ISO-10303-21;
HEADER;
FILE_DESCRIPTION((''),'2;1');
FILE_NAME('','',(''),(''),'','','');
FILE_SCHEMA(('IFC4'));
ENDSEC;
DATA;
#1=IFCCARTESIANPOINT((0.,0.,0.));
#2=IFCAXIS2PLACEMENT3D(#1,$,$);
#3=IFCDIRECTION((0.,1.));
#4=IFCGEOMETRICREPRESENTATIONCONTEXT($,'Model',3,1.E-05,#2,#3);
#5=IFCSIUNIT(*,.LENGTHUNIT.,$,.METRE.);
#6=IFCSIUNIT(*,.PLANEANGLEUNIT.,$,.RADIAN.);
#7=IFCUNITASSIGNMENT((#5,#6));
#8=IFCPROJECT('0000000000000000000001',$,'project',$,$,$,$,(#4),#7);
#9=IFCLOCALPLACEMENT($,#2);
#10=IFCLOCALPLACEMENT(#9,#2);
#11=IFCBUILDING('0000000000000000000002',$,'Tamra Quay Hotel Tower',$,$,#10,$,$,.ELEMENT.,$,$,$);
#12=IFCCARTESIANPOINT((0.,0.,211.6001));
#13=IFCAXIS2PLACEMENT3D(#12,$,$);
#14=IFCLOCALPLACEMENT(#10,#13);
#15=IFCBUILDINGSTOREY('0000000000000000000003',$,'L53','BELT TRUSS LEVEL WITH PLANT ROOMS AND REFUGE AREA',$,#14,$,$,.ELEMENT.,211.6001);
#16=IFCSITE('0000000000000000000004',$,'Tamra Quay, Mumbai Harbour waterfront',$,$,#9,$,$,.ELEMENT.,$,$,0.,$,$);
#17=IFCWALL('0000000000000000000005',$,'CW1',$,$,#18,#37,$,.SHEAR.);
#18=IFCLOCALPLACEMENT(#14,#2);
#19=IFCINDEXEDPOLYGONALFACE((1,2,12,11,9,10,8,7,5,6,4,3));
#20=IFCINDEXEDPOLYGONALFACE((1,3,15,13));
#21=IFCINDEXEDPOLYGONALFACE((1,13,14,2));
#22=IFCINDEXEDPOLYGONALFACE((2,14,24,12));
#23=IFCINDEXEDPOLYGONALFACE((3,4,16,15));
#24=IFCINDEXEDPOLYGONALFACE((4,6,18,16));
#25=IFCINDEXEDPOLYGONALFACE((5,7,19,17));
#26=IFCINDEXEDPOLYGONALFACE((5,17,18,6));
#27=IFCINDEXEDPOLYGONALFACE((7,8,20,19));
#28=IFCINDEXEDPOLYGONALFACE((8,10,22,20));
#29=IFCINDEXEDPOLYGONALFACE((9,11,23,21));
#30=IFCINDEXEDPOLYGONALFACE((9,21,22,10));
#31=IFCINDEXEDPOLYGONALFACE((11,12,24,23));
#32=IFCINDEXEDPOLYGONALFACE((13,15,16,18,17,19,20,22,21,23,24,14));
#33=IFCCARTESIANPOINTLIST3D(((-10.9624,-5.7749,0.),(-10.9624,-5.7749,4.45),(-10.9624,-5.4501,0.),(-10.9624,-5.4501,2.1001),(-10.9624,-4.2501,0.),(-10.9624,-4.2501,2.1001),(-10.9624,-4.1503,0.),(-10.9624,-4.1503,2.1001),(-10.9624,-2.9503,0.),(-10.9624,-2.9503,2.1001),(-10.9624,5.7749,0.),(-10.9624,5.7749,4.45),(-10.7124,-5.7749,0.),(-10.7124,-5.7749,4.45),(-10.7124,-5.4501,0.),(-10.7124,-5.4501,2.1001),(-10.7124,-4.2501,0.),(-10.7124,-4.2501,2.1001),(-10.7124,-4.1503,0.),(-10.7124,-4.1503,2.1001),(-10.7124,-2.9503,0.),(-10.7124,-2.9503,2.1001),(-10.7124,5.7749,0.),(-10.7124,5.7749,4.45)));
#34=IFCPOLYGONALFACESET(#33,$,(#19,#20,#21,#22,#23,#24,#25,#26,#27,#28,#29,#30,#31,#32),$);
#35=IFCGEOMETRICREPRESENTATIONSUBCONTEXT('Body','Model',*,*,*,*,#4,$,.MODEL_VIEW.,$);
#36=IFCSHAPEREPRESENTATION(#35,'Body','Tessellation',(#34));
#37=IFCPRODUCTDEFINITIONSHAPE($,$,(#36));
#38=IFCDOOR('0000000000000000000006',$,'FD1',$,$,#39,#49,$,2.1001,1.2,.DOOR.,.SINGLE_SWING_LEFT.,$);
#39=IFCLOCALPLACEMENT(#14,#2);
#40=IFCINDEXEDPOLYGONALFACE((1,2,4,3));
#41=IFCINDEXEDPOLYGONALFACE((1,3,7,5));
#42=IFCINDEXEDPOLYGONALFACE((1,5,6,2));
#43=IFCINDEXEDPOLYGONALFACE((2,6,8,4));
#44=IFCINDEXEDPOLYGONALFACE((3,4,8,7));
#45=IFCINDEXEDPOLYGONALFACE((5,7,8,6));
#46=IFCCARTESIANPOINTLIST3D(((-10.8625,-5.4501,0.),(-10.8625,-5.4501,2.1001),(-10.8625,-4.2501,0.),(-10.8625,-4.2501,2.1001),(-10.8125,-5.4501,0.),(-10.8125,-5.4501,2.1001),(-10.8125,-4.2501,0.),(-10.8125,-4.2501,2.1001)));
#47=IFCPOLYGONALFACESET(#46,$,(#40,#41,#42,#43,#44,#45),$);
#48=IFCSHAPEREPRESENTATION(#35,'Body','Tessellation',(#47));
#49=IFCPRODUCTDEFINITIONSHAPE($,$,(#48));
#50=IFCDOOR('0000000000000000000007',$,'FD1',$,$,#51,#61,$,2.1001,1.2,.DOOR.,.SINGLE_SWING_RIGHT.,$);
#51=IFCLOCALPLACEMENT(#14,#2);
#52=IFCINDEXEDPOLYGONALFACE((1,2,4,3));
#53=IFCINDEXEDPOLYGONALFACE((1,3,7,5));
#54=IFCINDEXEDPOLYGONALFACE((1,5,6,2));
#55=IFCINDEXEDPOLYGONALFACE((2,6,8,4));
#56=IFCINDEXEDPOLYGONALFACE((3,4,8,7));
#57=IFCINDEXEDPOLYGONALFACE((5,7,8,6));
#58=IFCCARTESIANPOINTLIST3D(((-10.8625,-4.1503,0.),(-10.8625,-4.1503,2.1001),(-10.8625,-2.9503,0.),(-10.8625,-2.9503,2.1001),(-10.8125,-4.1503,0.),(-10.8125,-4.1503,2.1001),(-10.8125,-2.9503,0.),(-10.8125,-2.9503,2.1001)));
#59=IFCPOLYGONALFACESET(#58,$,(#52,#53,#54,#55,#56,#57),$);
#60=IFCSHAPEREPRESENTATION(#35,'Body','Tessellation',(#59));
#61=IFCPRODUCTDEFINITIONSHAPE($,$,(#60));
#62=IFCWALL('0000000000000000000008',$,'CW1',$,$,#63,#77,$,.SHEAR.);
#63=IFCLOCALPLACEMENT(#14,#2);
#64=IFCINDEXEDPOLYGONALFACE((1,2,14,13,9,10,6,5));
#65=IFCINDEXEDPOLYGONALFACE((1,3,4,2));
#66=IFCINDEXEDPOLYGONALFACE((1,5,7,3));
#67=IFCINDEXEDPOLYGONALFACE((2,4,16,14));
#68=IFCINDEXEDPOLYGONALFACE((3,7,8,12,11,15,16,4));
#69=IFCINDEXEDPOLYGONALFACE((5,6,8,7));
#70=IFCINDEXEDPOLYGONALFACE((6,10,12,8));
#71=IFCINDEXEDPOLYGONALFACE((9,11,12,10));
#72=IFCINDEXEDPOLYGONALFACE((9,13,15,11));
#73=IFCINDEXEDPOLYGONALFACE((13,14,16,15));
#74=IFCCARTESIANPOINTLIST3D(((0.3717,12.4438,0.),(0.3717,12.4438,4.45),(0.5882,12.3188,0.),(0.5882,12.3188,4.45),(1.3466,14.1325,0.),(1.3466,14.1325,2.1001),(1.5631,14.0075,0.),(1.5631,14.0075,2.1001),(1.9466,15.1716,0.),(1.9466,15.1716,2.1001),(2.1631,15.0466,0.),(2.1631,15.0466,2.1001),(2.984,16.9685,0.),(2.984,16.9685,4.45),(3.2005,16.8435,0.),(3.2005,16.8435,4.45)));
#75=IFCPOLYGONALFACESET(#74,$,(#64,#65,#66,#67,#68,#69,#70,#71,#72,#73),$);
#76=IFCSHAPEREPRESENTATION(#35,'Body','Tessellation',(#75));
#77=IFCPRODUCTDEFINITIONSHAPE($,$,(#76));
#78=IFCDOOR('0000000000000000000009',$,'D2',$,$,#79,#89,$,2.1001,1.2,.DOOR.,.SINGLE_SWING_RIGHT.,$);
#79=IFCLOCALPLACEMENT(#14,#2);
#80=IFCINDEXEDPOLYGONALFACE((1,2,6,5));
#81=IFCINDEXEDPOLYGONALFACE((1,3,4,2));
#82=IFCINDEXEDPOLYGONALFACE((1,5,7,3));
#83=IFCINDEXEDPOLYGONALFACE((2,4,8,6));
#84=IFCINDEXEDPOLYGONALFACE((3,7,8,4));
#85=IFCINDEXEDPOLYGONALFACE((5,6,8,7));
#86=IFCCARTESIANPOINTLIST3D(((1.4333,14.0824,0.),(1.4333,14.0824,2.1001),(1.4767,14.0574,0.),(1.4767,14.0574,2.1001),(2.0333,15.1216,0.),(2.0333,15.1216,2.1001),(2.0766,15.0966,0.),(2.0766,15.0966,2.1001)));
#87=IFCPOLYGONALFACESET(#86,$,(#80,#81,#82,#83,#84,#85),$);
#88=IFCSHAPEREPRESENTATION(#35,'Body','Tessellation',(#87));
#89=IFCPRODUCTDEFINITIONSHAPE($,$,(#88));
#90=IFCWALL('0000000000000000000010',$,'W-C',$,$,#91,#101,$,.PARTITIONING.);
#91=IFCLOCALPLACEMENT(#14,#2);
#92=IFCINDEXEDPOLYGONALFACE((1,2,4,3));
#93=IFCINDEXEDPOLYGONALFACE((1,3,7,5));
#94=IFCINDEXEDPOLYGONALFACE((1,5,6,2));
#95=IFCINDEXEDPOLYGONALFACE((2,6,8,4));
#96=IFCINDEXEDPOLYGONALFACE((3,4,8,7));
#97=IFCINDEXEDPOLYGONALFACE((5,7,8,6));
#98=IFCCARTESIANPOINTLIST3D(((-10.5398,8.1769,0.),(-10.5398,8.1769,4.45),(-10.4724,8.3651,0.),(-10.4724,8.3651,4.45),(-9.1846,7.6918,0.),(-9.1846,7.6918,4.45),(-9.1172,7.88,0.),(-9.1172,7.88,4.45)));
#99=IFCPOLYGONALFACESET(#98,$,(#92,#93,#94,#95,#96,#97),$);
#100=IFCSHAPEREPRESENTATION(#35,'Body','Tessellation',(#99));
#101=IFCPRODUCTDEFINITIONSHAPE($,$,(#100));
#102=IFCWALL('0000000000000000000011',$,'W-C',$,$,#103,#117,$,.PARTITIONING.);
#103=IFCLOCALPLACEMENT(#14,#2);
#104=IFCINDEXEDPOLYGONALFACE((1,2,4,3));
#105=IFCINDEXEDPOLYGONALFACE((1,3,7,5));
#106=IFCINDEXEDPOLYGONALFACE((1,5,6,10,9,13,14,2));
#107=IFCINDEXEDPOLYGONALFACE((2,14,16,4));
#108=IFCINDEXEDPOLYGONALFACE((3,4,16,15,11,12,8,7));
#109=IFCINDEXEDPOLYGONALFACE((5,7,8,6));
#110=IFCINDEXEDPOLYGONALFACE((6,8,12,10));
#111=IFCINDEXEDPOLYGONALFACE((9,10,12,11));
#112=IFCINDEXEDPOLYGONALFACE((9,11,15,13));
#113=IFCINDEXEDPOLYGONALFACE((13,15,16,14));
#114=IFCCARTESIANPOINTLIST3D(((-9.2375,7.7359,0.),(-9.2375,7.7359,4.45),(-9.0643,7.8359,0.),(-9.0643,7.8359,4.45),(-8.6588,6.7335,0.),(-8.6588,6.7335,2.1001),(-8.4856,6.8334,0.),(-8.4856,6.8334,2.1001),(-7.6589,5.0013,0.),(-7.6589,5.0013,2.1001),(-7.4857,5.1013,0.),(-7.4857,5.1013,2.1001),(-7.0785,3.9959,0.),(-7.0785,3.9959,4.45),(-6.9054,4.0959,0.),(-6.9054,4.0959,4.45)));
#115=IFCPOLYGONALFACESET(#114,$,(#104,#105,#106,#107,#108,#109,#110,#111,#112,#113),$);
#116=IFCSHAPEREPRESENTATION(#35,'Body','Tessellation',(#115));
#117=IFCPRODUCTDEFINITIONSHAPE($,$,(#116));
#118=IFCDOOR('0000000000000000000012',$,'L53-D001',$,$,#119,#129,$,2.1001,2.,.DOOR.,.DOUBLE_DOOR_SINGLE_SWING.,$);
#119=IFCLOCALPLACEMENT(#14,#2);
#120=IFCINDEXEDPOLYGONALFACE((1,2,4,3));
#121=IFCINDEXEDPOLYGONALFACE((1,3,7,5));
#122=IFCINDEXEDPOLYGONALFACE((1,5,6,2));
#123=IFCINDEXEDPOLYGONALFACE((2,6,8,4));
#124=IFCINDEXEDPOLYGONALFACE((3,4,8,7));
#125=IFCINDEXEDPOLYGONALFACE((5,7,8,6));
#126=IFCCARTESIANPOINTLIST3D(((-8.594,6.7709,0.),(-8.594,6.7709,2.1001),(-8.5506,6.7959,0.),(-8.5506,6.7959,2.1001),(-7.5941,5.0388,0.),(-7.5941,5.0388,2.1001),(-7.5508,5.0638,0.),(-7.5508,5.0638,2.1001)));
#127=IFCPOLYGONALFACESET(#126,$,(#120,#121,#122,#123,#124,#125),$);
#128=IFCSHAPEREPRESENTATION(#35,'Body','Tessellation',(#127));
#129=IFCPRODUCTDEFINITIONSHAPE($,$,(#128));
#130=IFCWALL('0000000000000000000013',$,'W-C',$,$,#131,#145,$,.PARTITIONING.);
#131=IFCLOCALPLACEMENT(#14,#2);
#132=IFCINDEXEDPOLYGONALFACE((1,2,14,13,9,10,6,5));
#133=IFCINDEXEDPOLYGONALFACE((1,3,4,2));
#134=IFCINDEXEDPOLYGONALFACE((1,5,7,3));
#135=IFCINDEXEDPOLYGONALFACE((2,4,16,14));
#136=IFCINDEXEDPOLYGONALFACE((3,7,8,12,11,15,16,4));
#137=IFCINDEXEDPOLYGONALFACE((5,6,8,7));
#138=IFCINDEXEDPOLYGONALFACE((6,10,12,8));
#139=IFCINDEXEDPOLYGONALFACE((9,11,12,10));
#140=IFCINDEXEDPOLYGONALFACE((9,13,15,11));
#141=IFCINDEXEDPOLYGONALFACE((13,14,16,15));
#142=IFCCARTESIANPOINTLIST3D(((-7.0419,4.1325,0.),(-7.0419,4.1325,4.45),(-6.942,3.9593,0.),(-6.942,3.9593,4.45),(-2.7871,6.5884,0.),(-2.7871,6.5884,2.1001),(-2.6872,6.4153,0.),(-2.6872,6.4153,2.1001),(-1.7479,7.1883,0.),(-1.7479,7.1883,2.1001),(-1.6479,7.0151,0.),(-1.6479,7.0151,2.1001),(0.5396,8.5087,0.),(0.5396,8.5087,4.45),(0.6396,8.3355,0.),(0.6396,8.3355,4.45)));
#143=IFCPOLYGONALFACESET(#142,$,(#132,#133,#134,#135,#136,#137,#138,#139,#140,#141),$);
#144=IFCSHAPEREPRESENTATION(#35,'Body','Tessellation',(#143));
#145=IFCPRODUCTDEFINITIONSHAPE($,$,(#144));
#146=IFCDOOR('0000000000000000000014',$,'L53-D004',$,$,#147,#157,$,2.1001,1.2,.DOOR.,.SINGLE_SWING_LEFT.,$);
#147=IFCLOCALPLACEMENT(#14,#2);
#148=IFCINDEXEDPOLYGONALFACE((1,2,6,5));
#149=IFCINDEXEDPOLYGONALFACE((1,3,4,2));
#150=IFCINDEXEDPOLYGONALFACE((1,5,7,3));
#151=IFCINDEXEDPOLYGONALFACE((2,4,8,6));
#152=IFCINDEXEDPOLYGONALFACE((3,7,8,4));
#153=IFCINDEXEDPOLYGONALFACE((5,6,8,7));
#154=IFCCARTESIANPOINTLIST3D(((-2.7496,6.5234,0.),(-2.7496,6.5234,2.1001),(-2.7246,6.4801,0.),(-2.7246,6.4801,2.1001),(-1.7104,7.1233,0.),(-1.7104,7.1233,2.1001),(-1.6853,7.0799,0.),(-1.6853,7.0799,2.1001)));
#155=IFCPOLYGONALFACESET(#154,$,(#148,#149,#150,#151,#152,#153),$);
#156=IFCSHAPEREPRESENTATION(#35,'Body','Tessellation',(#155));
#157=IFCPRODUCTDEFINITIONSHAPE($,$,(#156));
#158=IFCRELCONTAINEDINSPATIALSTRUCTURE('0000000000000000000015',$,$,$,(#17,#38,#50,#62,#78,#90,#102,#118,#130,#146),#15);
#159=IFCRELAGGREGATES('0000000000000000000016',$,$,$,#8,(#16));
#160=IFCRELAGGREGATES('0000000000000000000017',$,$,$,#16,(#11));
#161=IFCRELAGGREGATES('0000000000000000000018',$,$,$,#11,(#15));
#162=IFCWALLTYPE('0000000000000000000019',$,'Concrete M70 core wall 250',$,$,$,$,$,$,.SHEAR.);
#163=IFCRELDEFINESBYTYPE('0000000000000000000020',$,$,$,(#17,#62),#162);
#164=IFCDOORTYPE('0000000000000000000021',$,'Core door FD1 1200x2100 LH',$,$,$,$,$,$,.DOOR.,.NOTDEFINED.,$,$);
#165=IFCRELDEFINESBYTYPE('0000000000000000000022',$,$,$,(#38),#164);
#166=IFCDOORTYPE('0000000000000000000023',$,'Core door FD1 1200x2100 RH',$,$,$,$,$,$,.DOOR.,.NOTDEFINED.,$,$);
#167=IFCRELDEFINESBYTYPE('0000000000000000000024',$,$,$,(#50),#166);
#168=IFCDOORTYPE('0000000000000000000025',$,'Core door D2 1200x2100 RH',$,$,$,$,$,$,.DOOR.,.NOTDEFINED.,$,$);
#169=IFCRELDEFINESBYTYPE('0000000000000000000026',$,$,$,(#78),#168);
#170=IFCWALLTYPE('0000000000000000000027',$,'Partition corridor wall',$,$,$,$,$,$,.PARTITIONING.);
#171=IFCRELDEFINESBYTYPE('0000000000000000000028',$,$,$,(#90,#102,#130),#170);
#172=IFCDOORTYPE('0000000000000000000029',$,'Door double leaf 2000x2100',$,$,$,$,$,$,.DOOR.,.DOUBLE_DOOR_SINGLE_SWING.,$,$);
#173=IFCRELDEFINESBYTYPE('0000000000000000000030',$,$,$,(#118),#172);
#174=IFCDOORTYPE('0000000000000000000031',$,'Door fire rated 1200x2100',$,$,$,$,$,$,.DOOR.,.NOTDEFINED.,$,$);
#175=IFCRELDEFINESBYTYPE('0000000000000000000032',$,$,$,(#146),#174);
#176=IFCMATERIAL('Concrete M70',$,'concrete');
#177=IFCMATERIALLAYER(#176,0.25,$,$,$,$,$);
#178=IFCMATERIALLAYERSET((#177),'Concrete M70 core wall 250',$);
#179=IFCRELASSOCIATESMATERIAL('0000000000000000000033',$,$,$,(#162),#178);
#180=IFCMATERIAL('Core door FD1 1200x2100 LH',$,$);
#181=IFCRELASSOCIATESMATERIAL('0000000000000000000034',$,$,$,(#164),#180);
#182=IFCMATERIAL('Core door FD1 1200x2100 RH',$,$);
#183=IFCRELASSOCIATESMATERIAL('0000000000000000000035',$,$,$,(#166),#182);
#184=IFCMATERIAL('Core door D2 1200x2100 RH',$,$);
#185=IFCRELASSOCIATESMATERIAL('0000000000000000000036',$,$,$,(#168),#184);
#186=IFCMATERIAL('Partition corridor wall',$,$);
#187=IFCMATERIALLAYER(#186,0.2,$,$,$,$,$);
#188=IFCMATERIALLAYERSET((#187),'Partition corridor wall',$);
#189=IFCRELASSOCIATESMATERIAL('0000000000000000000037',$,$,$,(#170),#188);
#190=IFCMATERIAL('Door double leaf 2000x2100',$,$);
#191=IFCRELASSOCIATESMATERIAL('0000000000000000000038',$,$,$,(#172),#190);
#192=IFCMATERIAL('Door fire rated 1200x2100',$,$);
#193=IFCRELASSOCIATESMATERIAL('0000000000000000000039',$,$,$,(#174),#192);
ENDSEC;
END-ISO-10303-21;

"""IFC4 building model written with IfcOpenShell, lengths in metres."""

from ifc_helpers import new_model, si_unit, direction, frame, frame_2d, origin, place, context, subcontext, project, spatial, rectangle, extrude, material, layer, layer_set, type_object, element, fill, save


model = new_model("IFC4")

# Units and contexts
model_context = context("Model", 3, precision=1e-05, world=origin(), true_north=direction((0.0, 1.0)))
body_context = subcontext(model_context, "Body", "Model", "MODEL_VIEW")
ifc_project = project(units=[si_unit("LENGTHUNIT", "METRE"), si_unit("PLANEANGLEUNIT", "RADIAN")], contexts=[model_context])

# Site, building, storey
site_placement = place(None, origin())
site = spatial("IfcSite", under=ifc_project, at=site_placement, Name="Tamra Quay, Mumbai Harbour waterfront", CompositionType="ELEMENT", RefElevation=0.0)
building_placement = place(site_placement, origin())
building = spatial("IfcBuilding", under=site, at=building_placement, Name="Tamra Quay Hotel Tower", CompositionType="ELEMENT")
storey_placement = place(building_placement, frame((0.0, 0.0, 211.6001)))
storey = spatial("IfcBuildingStorey", under=building, at=storey_placement, Name="L53", Description="BELT TRUSS LEVEL WITH PLANT ROOMS AND REFUGE AREA", CompositionType="ELEMENT", Elevation=211.6001)

# Shared definitions
ifc_material_1 = material(Name="Concrete M70", Category="concrete")

# Wall, openings, doors
ifc_layer_1 = layer(ifc_material_1, 0.25)
ifc_layer_set_1 = layer_set([ifc_layer_1], Name="Concrete M70 core wall 250")
wall_type_1 = type_object("IfcWallType", Name="Concrete M70 core wall 250", PredefinedType="SHEAR", material=ifc_layer_set_1)
wall_1_placement = place(storey_placement, frame((-10.8374, 5.7749, 0.0), z_axis=(0.0, 0.0, 1.0), x_axis=(0.0, -1.0, 0.0)))
wall_1 = element("IfcWall", 1, at=wall_1_placement, inside=storey, type_object=wall_type_1, Name="CW1", PredefinedType="SHEAR", context=body_context, shape_type="SweptSolid", body=[
    extrude(rectangle(XDim=11.5498, YDim=0.25, at=frame_2d((5.7749, 0.0))), origin(), (0.0, 0.0, 1.0), 4.45),
])
opening_1_placement = place(wall_1_placement, frame((10.0249, 0.0, 0.0)))
opening_1 = element("IfcOpeningElement", 2, at=opening_1_placement, cuts=wall_1, PredefinedType="OPENING", context=body_context, shape_type="SweptSolid", body=[
    extrude(rectangle(XDim=1.2, YDim=2.1001, at=frame_2d((0.6001, 1.05))), frame((0.0, 0.135, 0.0), z_axis=(0.0, -1.0, 0.0), x_axis=(1.0, 0.0, 0.0)), (0.0, 0.0, 1.0), 0.27),
])
opening_2_placement = place(wall_1_placement, frame((8.7251, 0.0, 0.0)))
opening_2 = element("IfcOpeningElement", 3, at=opening_2_placement, cuts=wall_1, PredefinedType="OPENING", context=body_context, shape_type="SweptSolid", body=[
    extrude(rectangle(XDim=1.2, YDim=2.1001, at=frame_2d((0.6001, 1.05))), frame((0.0, 0.135, 0.0), z_axis=(0.0, -1.0, 0.0), x_axis=(1.0, 0.0, 0.0)), (0.0, 0.0, 1.0), 0.27),
])
ifc_material_2 = material(Name="Core door FD1 1200x2100 LH")
door_type_1 = type_object("IfcDoorType", Name="Core door FD1 1200x2100 LH", OperationType="NOTDEFINED", PredefinedType="DOOR", material=ifc_material_2)
door_1_placement = place(opening_1_placement, origin())
door_1 = element("IfcDoor", 4, at=door_1_placement, inside=storey, type_object=door_type_1, Name="FD1", OperationType="SINGLE_SWING_LEFT", OverallHeight=2.1001, OverallWidth=1.2, PredefinedType="DOOR", context=body_context, shape_type="SweptSolid", body=[
    extrude(rectangle(XDim=1.2, YDim=2.1001, at=frame_2d((0.6001, 1.05))), frame((0.0, 0.0249, 0.0), z_axis=(0.0, -1.0, 0.0), x_axis=(1.0, 0.0, 0.0)), (0.0, 0.0, 1.0), 0.05),
])
fill(opening_1, door_1)
ifc_material_3 = material(Name="Core door FD1 1200x2100 RH")
door_type_2 = type_object("IfcDoorType", Name="Core door FD1 1200x2100 RH", OperationType="NOTDEFINED", PredefinedType="DOOR", material=ifc_material_3)
door_2_placement = place(opening_2_placement, origin())
door_2 = element("IfcDoor", 5, at=door_2_placement, inside=storey, type_object=door_type_2, Name="FD1", OperationType="SINGLE_SWING_RIGHT", OverallHeight=2.1001, OverallWidth=1.2, PredefinedType="DOOR", context=body_context, shape_type="SweptSolid", body=[
    extrude(rectangle(XDim=1.2, YDim=2.1001, at=frame_2d((0.6001, 1.05))), frame((0.0, 0.0249, 0.0), z_axis=(0.0, -1.0, 0.0), x_axis=(1.0, 0.0, 0.0)), (0.0, 0.0, 1.0), 0.05),
])
fill(opening_2, door_2)

# Wall, opening, door
wall_2_placement = place(storey_placement, frame((0.48, 12.3813, 0.0), z_axis=(0.0, 0.0, 1.0), x_axis=(0.499999, 0.866026, 0.0)))
wall_2 = element("IfcWall", 6, at=wall_2_placement, inside=storey, type_object=wall_type_1, Name="CW1", PredefinedType="SHEAR", context=body_context, shape_type="SweptSolid", body=[
    extrude(rectangle(XDim=5.2246, YDim=0.25, at=frame_2d((2.6123, 0.0))), origin(), (0.0, 0.0, 1.0), 4.45),
])
opening_3_placement = place(wall_2_placement, frame((1.9497, 0.0, 0.0)))
opening_3 = element("IfcOpeningElement", 7, at=opening_3_placement, cuts=wall_2, PredefinedType="OPENING", context=body_context, shape_type="SweptSolid", body=[
    extrude(rectangle(XDim=1.2, YDim=2.1001, at=frame_2d((0.6001, 1.05))), frame((0.0, 0.135, 0.0), z_axis=(0.0, -1.0, 0.0), x_axis=(1.0, 0.0, 0.0)), (0.0, 0.0, 1.0), 0.27),
])
ifc_material_4 = material(Name="Core door D2 1200x2100 RH")
door_type_3 = type_object("IfcDoorType", Name="Core door D2 1200x2100 RH", OperationType="NOTDEFINED", PredefinedType="DOOR", material=ifc_material_4)
door_3_placement = place(opening_3_placement, origin())
door_3 = element("IfcDoor", 8, at=door_3_placement, inside=storey, type_object=door_type_3, Name="D2", OperationType="SINGLE_SWING_RIGHT", OverallHeight=2.1001, OverallWidth=1.2, PredefinedType="DOOR", context=body_context, shape_type="SweptSolid", body=[
    extrude(rectangle(XDim=1.2, YDim=2.1001, at=frame_2d((0.6001, 1.05))), frame((0.0, 0.0249, 0.0), z_axis=(0.0, -1.0, 0.0), x_axis=(1.0, 0.0, 0.0)), (0.0, 0.0, 1.0), 0.05),
])
fill(opening_3, door_3)

# Wall
ifc_material_5 = material(Name="Partition corridor wall")
ifc_layer_2 = layer(ifc_material_5, 0.2)
ifc_layer_set_2 = layer_set([ifc_layer_2], Name="Partition corridor wall")
wall_type_2 = type_object("IfcWallType", Name="Partition corridor wall", PredefinedType="PARTITIONING", material=ifc_layer_set_2)
wall_3_placement = place(storey_placement, frame((-10.5061, 8.271, 0.0), z_axis=(0.0, 0.0, 1.0), x_axis=(0.9415, -0.337013, 0.0)))
element("IfcWall", 9, at=wall_3_placement, inside=storey, type_object=wall_type_2, Name="W-C", PredefinedType="PARTITIONING", context=body_context, shape_type="SweptSolid", body=[
    extrude(rectangle(XDim=1.4395, YDim=0.2, at=frame_2d((0.7197, 0.0))), origin(), (0.0, 0.0, 1.0), 4.45),
])

# Walls, openings, doors
wall_4_placement = place(storey_placement, frame((-9.1509, 7.7859, 0.0), z_axis=(0.0, 0.0, 1.0), x_axis=(0.499939, -0.86606, 0.0)))
wall_4 = element("IfcWall", 10, at=wall_4_placement, inside=storey, type_object=wall_type_2, Name="W-C", PredefinedType="PARTITIONING", context=body_context, shape_type="SweptSolid", body=[
    extrude(rectangle(XDim=4.3184, YDim=0.2, at=frame_2d((2.1592, 0.0))), origin(), (0.0, 0.0, 1.0), 4.45),
])
opening_4_placement = place(wall_4_placement, frame((1.1575, 0.0, 0.0)))
opening_4 = element("IfcOpeningElement", 11, at=opening_4_placement, cuts=wall_4, PredefinedType="OPENING", context=body_context, shape_type="SweptSolid", body=[
    extrude(rectangle(XDim=2.0, YDim=2.1001, at=frame_2d((1.0, 1.05))), frame((0.0, 0.1099, 0.0), z_axis=(0.0, -1.0, 0.0), x_axis=(1.0, 0.0, 0.0)), (0.0, 0.0, 1.0), 0.22),
])
ifc_material_6 = material(Name="Door double leaf 2000x2100")
door_type_4 = type_object("IfcDoorType", Name="Door double leaf 2000x2100", OperationType="DOUBLE_DOOR_SINGLE_SWING", PredefinedType="DOOR", material=ifc_material_6)
door_4_placement = place(opening_4_placement, origin())
door_4 = element("IfcDoor", 12, at=door_4_placement, inside=storey, type_object=door_type_4, Name="L53-D001", OperationType="DOUBLE_DOOR_SINGLE_SWING", OverallHeight=2.1001, OverallWidth=2.0, PredefinedType="DOOR", context=body_context, shape_type="SweptSolid", body=[
    extrude(rectangle(XDim=2.0, YDim=2.1001, at=frame_2d((1.0, 1.05))), frame((0.0, 0.0249, 0.0), z_axis=(0.0, -1.0, 0.0), x_axis=(1.0, 0.0, 0.0)), (0.0, 0.0, 1.0), 0.05),
])
fill(opening_4, door_4)
wall_5_placement = place(storey_placement, frame((-6.9919, 4.0459, 0.0), z_axis=(0.0, 0.0, 1.0), x_axis=(0.866074, 0.499916, 0.0)))
wall_5 = element("IfcWall", 13, at=wall_5_placement, inside=storey, type_object=wall_type_2, Name="W-C", PredefinedType="PARTITIONING", context=body_context, shape_type="SweptSolid", body=[
    extrude(rectangle(XDim=8.7539, YDim=0.2, at=frame_2d((4.377, 0.0))), origin(), (0.0, 0.0, 1.0), 4.45),
])
opening_5_placement = place(wall_5_placement, frame((4.9126, 0.0, 0.0)))
opening_5 = element("IfcOpeningElement", 14, at=opening_5_placement, cuts=wall_5, PredefinedType="OPENING", context=body_context, shape_type="SweptSolid", body=[
    extrude(rectangle(XDim=1.2, YDim=2.1001, at=frame_2d((0.6001, 1.05))), frame((0.0, 0.1099, 0.0), z_axis=(0.0, -1.0, 0.0), x_axis=(1.0, 0.0, 0.0)), (0.0, 0.0, 1.0), 0.22),
])
ifc_material_7 = material(Name="Door fire rated 1200x2100")
door_type_5 = type_object("IfcDoorType", Name="Door fire rated 1200x2100", OperationType="NOTDEFINED", PredefinedType="DOOR", material=ifc_material_7)
door_5_placement = place(opening_5_placement, origin())
door_5 = element("IfcDoor", 15, at=door_5_placement, inside=storey, type_object=door_type_5, Name="L53-D004", OperationType="SINGLE_SWING_LEFT", OverallHeight=2.1001, OverallWidth=1.2, PredefinedType="DOOR", context=body_context, shape_type="SweptSolid", body=[
    extrude(rectangle(XDim=1.2, YDim=2.1001, at=frame_2d((0.6001, 1.05))), frame((0.0, 0.0249, 0.0), z_axis=(0.0, -1.0, 0.0), x_axis=(1.0, 0.0, 0.0)), (0.0, 0.0, 1.0), 0.05),
])
fill(opening_5, door_5)

save(model, "model.ifc")
